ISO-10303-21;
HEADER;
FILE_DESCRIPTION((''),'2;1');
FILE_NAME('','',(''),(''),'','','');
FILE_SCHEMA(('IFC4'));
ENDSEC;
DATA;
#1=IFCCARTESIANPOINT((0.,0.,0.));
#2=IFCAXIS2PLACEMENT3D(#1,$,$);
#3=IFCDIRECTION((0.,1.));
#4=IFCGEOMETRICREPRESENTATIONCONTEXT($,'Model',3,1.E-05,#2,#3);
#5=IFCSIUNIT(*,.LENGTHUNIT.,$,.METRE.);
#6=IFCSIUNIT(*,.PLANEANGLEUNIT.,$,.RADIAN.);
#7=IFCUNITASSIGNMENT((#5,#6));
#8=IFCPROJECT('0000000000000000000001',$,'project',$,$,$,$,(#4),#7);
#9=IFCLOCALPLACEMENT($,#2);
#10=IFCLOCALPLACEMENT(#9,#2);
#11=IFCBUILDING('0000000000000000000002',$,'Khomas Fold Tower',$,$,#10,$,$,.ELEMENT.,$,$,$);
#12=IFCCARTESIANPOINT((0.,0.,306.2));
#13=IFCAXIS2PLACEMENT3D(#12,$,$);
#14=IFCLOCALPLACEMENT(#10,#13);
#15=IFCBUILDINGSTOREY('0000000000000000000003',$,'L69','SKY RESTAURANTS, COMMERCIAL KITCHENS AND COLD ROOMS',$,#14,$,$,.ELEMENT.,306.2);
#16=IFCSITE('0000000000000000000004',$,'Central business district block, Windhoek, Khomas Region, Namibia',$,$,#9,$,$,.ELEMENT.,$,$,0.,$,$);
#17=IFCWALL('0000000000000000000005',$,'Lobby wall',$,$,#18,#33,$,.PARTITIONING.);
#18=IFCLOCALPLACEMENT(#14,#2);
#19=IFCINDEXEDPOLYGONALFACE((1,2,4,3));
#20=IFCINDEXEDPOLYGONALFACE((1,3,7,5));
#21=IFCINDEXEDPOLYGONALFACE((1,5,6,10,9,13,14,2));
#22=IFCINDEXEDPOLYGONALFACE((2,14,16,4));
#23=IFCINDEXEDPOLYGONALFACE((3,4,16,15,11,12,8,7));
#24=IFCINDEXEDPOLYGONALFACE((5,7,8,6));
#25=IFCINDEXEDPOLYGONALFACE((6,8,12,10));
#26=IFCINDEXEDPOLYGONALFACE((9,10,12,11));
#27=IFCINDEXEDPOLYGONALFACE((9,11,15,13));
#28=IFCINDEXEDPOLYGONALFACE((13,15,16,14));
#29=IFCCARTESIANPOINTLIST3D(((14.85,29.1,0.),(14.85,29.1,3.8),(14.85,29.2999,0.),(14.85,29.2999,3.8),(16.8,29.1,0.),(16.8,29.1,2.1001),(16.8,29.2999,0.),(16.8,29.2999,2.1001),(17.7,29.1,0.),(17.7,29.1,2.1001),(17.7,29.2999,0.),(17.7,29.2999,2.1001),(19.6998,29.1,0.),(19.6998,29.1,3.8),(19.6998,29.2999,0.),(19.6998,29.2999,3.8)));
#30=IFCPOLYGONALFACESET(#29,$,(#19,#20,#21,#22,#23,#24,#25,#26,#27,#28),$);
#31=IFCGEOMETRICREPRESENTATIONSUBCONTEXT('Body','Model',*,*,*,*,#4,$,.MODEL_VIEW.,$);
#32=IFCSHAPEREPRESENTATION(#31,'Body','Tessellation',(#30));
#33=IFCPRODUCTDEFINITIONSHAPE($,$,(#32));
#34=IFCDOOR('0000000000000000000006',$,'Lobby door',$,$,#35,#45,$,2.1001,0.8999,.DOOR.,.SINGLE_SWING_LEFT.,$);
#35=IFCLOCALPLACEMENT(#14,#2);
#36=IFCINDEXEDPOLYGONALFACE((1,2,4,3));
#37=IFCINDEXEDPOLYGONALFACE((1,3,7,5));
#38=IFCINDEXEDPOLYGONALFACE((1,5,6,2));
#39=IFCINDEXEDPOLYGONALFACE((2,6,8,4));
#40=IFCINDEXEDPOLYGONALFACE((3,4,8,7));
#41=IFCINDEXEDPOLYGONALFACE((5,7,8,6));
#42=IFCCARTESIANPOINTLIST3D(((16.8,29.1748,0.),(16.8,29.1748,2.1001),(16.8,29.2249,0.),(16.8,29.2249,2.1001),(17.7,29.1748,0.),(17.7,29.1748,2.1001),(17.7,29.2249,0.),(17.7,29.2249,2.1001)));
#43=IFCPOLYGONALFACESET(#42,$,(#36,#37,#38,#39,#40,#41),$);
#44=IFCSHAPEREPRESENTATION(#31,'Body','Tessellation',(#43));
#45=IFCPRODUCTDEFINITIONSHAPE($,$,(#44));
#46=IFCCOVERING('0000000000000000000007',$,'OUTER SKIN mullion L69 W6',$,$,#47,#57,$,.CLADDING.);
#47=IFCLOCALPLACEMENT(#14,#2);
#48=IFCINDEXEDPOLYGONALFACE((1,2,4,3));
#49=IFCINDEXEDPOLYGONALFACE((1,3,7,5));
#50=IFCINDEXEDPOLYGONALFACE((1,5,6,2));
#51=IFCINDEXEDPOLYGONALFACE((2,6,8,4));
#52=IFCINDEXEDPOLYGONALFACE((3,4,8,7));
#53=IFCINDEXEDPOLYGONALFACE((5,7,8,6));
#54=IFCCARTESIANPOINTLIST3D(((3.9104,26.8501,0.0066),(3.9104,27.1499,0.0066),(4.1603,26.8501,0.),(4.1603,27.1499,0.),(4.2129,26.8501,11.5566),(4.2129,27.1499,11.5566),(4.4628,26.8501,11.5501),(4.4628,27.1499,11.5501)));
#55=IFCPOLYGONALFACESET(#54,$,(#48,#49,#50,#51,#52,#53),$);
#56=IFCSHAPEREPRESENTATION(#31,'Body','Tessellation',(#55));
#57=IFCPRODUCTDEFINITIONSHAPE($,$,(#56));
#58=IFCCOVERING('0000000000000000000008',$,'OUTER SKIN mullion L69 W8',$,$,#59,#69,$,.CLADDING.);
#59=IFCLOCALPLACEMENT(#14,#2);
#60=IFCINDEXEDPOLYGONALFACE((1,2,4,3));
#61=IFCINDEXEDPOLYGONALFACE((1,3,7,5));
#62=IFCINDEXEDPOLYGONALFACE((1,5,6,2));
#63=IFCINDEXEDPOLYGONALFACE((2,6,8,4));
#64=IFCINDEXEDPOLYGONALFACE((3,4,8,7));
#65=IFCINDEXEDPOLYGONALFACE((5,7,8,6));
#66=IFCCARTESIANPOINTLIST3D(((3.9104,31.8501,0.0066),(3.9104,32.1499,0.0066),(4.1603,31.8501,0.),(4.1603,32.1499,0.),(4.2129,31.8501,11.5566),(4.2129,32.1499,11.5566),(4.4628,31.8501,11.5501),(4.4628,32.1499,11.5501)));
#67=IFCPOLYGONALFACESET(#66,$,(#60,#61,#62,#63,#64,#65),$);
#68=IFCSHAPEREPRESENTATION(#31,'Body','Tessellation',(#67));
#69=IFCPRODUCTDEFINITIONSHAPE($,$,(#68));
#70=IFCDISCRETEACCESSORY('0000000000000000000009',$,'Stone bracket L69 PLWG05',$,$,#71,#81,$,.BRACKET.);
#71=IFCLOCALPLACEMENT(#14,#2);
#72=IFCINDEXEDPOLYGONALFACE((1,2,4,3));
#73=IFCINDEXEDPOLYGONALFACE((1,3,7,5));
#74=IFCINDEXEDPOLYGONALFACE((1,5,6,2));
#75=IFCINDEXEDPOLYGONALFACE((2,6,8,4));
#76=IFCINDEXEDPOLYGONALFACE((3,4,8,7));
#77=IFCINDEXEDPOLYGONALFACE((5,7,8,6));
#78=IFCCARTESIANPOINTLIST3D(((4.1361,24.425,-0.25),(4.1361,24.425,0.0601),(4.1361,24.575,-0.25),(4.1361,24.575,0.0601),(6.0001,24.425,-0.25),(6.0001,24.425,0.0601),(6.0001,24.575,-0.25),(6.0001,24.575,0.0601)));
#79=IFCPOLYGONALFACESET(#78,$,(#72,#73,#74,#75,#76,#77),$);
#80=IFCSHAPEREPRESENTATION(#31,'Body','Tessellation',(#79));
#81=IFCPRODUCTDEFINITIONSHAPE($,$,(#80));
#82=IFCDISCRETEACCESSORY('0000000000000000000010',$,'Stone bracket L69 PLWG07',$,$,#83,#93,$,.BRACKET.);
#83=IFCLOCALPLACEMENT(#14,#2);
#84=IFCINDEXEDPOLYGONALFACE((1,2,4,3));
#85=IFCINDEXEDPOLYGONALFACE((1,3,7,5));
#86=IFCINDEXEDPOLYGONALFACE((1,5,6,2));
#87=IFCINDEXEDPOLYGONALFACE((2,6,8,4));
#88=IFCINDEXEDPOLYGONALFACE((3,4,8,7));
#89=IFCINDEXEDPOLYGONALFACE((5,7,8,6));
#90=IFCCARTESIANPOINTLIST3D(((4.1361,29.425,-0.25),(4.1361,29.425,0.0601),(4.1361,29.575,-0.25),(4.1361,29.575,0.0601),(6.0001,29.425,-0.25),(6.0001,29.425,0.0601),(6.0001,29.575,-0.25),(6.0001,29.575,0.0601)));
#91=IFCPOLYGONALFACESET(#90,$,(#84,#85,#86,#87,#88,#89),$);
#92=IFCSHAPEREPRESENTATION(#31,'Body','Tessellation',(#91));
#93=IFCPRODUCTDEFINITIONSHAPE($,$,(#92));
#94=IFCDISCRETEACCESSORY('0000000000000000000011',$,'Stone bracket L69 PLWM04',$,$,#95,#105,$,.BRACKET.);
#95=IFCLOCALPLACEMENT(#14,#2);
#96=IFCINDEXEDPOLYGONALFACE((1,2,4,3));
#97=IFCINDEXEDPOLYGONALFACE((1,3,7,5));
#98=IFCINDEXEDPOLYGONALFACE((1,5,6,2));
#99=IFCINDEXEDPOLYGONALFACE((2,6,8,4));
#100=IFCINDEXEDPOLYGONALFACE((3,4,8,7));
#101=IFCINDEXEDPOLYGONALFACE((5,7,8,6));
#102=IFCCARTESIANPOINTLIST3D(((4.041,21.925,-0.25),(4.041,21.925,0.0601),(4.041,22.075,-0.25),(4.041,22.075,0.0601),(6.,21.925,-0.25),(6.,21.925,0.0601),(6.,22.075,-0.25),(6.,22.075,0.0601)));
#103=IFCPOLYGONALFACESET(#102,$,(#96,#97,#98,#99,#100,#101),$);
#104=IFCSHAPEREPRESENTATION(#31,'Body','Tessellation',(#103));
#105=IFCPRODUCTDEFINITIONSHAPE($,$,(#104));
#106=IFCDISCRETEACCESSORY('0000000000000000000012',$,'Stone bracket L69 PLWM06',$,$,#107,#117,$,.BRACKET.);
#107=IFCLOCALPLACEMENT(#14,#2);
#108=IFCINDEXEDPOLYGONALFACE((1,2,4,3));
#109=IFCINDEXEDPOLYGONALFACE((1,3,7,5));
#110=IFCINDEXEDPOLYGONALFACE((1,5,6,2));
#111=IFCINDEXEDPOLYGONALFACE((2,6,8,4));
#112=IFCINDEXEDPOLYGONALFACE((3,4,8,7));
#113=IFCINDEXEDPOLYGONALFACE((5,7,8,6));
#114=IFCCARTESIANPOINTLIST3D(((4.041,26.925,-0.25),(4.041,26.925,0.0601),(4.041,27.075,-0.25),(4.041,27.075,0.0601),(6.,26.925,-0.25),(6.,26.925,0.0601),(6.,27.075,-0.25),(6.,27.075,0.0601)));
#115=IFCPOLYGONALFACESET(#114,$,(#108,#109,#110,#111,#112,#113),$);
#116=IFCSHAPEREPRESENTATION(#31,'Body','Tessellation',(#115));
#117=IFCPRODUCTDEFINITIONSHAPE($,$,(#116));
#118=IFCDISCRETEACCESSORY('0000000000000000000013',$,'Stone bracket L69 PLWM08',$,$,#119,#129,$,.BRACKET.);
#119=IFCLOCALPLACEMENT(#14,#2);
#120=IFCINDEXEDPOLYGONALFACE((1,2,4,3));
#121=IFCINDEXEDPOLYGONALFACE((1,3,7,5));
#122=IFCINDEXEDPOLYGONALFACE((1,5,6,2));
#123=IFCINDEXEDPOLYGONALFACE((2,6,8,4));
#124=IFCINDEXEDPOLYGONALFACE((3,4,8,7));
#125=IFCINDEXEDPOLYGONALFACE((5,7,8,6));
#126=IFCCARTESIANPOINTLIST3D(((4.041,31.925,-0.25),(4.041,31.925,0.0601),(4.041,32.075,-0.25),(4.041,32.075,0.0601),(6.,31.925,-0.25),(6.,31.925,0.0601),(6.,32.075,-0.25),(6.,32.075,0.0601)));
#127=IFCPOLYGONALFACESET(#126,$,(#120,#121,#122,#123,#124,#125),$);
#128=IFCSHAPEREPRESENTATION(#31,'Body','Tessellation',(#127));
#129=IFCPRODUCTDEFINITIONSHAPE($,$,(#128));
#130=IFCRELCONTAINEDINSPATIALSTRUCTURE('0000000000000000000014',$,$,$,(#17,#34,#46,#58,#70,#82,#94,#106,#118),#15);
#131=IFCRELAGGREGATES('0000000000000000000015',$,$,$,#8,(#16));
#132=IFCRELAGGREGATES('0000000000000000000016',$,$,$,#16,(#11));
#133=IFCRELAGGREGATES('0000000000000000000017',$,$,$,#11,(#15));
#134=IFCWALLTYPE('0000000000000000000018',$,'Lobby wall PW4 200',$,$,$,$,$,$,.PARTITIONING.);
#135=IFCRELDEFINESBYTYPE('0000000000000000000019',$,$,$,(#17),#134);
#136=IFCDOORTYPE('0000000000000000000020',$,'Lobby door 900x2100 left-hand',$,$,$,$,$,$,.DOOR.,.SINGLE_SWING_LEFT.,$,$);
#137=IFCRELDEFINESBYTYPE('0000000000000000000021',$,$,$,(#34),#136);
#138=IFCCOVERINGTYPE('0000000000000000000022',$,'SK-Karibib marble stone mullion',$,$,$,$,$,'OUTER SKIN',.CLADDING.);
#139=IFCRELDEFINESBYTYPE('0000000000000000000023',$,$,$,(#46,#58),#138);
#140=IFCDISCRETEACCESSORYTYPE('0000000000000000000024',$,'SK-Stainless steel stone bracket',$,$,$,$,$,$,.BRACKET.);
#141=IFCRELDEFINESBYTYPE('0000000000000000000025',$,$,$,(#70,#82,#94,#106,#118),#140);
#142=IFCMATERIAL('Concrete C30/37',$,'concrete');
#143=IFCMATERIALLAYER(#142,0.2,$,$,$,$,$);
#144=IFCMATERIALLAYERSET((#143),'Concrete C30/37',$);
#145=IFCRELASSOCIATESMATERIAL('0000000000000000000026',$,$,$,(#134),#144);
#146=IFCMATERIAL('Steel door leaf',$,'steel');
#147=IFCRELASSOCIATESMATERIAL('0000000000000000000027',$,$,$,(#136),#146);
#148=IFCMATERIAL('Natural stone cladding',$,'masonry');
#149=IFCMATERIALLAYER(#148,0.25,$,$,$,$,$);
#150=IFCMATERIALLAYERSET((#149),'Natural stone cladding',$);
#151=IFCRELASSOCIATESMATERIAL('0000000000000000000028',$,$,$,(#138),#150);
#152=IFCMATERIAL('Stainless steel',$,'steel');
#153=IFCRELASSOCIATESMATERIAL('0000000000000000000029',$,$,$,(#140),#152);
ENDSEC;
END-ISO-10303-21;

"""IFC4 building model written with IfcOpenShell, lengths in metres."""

from ifc_helpers import new_model, si_unit, direction, frame, frame_2d, origin, origin_2d, place, context, subcontext, project, spatial, polyline, rectangle, outline, extrude, source, transform, mapped, material, layer, layer_set, type_object, element, fill, save


model = new_model("IFC4")

# Units and contexts
model_context = context("Model", 3, precision=1e-05, world=origin(), true_north=direction((0.0, 1.0)))
body_context = subcontext(model_context, "Body", "Model", "MODEL_VIEW")
ifc_project = project(units=[si_unit("LENGTHUNIT", "METRE"), si_unit("PLANEANGLEUNIT", "RADIAN")], contexts=[model_context])

# Site, building, storey
site_placement = place(None, origin())
site = spatial("IfcSite", under=ifc_project, at=site_placement, Name="Central business district block, Windhoek, Khomas Region, Namibia", CompositionType="ELEMENT", RefElevation=0.0)
building_placement = place(site_placement, origin())
building = spatial("IfcBuilding", under=site, at=building_placement, Name="Khomas Fold Tower", CompositionType="ELEMENT")
storey_placement = place(building_placement, frame((0.0, 0.0, 306.2)))
storey = spatial("IfcBuildingStorey", under=building, at=storey_placement, Name="L69", Description="SKY RESTAURANTS, COMMERCIAL KITCHENS AND COLD ROOMS", CompositionType="ELEMENT", Elevation=306.2)

# Wall, opening, door
ifc_material_1 = material(Name="Concrete C30/37", Category="concrete")
ifc_layer_1 = layer(ifc_material_1, 0.2)
ifc_layer_set_1 = layer_set([ifc_layer_1], Name="Concrete C30/37")
wall_type_1 = type_object("IfcWallType", Name="Lobby wall PW4 200", PredefinedType="PARTITIONING", material=ifc_layer_set_1)
shared_shape_1 = source(origin(), body_context, "Body", "SweptSolid", [
    extrude(rectangle(XDim=4.8499, YDim=0.2, at=frame_2d((2.4248, 0.0))), origin(), (0.0, 0.0, 1.0), 3.8),
])
shared_shape_2 = source(origin(), body_context, "Body", "SweptSolid", [
    extrude(rectangle(XDim=0.8999, YDim=2.1001, at=frame_2d((0.45, 1.05))), frame((0.0, 0.1099, 0.0), z_axis=(0.0, -1.0, 0.0), x_axis=(1.0, 0.0, 0.0)), (0.0, 0.0, 1.0), 0.22),
])
shared_shape_3 = source(origin(), body_context, "Body", "SweptSolid", [
    extrude(rectangle(XDim=0.8999, YDim=2.1001, at=frame_2d((0.45, 1.05))), frame((0.0, 0.0249, 0.0), z_axis=(0.0, -1.0, 0.0), x_axis=(1.0, 0.0, 0.0)), (0.0, 0.0, 1.0), 0.05),
])
wall_1_placement = place(storey_placement, frame((14.8501, 29.2, 0.0), z_axis=(0.0, 0.0, 1.0), x_axis=(1.0, 0.0, 0.0)))
wall_1 = element("IfcWall", 1, at=wall_1_placement, inside=storey, type_object=wall_type_1, Name="Lobby wall", PredefinedType="PARTITIONING", context=body_context, shape_type="MappedRepresentation", body=[
    mapped(shared_shape_1, transform((0.0, 0.0, 0.0))),
])
opening_1_placement = place(wall_1_placement, frame((1.95, 0.0, 0.0)))
opening_1 = element("IfcOpeningElement", 2, at=opening_1_placement, cuts=wall_1, PredefinedType="OPENING", context=body_context, shape_type="MappedRepresentation", body=[
    mapped(shared_shape_2, transform((0.0, 0.0, 0.0))),
])
ifc_material_2 = material(Name="Steel door leaf", Category="steel")
door_type_1 = type_object("IfcDoorType", Name="Lobby door 900x2100 left-hand", OperationType="SINGLE_SWING_LEFT", PredefinedType="DOOR", material=ifc_material_2)
door_1_placement = place(opening_1_placement, origin())
door_1 = element("IfcDoor", 3, at=door_1_placement, inside=storey, type_object=door_type_1, Name="Lobby door", OperationType="SINGLE_SWING_LEFT", OverallHeight=2.1001, OverallWidth=0.8999, PredefinedType="DOOR", context=body_context, shape_type="MappedRepresentation", body=[
    mapped(shared_shape_3, transform((0.0, 0.0, 0.0))),
])
fill(opening_1, door_1)

# Coverings
ifc_material_3 = material(Name="Natural stone cladding", Category="masonry")
ifc_layer_2 = layer(ifc_material_3, 0.25)
ifc_layer_set_2 = layer_set([ifc_layer_2], Name="Natural stone cladding")
covering_type = type_object("IfcCoveringType", Name="SK-Karibib marble stone mullion", ElementType="OUTER SKIN", PredefinedType="CLADDING", material=ifc_layer_set_2)
for number, where, z_axis, x_axis, name in (
    (4, (3.9104, 26.8501, 0.0066), (-0.999657, 0.0, 0.026181), (0.0, 1.0, 0.0), "OUTER SKIN mullion L69 W6"),
    (5, (3.9104, 31.8501, 0.0066), (-0.999657, 0.0, 0.026181), (0.0, 1.0, 0.0), "OUTER SKIN mullion L69 W8"),
):
    element("IfcCovering", number, at=place(storey_placement, frame(where, z_axis=z_axis, x_axis=x_axis)), inside=storey, type_object=covering_type, Name=name, PredefinedType="CLADDING", context=body_context, shape_type="SweptSolid", body=[
        extrude(outline(polyline([(0.0, 0.0), (0.2998, 0.0), (0.2998, -11.554), (0.0, -11.554), (0.0, 0.0)])), origin(), (0.0, 0.0, -1.0), 0.25),
    ])

# Discrete accessories
ifc_material_4 = material(Name="Stainless steel", Category="steel")
discrete_accessory_type = type_object("IfcDiscreteAccessoryType", Name="SK-Stainless steel stone bracket", PredefinedType="BRACKET", material=ifc_material_4)
shared_shape_4 = source(origin(), body_context, "Body", "SweptSolid", [
    extrude(rectangle(XDim=1.864, YDim=0.1499, at=origin_2d()), origin(), (0.0, 0.0, 1.0), 0.3101),
])
for number, where, z_axis, x_axis, name in (
    (6, (5.0681, 24.5, -0.25), (0.0, 0.0, 1.0), (-1.0, 0.0, 0.0), "Stone bracket L69 PLWG05"),
    (7, (5.0681, 29.5, -0.25), (0.0, 0.0, 1.0), (-1.0, 0.0, 0.0), "Stone bracket L69 PLWG07"),
):
    element("IfcDiscreteAccessory", number, at=place(storey_placement, frame(where, z_axis=z_axis, x_axis=x_axis)), inside=storey, type_object=discrete_accessory_type, Name=name, PredefinedType="BRACKET", context=body_context, shape_type="MappedRepresentation", body=[
        mapped(shared_shape_4, transform((0.0, 0.0, 0.0))),
    ])
shared_shape_5 = source(origin(), body_context, "Body", "SweptSolid", [
    extrude(rectangle(XDim=1.959, YDim=0.1499, at=origin_2d()), origin(), (0.0, 0.0, 1.0), 0.3101),
])
for number, where, z_axis, x_axis, name in (
    (8, (5.0205, 22.0, -0.25), (0.0, 0.0, 1.0), (-1.0, 0.0, 0.0), "Stone bracket L69 PLWM04"),
    (9, (5.0205, 27.0, -0.25), (0.0, 0.0, 1.0), (-1.0, 0.0, 0.0), "Stone bracket L69 PLWM06"),
    (10, (5.0205, 32.0, -0.25), (0.0, 0.0, 1.0), (-1.0, 0.0, 0.0), "Stone bracket L69 PLWM08"),
):
    element("IfcDiscreteAccessory", number, at=place(storey_placement, frame(where, z_axis=z_axis, x_axis=x_axis)), inside=storey, type_object=discrete_accessory_type, Name=name, PredefinedType="BRACKET", context=body_context, shape_type="MappedRepresentation", body=[
        mapped(shared_shape_5, transform((0.0, 0.0, 0.0))),
    ])

save(model, "model.ifc")
